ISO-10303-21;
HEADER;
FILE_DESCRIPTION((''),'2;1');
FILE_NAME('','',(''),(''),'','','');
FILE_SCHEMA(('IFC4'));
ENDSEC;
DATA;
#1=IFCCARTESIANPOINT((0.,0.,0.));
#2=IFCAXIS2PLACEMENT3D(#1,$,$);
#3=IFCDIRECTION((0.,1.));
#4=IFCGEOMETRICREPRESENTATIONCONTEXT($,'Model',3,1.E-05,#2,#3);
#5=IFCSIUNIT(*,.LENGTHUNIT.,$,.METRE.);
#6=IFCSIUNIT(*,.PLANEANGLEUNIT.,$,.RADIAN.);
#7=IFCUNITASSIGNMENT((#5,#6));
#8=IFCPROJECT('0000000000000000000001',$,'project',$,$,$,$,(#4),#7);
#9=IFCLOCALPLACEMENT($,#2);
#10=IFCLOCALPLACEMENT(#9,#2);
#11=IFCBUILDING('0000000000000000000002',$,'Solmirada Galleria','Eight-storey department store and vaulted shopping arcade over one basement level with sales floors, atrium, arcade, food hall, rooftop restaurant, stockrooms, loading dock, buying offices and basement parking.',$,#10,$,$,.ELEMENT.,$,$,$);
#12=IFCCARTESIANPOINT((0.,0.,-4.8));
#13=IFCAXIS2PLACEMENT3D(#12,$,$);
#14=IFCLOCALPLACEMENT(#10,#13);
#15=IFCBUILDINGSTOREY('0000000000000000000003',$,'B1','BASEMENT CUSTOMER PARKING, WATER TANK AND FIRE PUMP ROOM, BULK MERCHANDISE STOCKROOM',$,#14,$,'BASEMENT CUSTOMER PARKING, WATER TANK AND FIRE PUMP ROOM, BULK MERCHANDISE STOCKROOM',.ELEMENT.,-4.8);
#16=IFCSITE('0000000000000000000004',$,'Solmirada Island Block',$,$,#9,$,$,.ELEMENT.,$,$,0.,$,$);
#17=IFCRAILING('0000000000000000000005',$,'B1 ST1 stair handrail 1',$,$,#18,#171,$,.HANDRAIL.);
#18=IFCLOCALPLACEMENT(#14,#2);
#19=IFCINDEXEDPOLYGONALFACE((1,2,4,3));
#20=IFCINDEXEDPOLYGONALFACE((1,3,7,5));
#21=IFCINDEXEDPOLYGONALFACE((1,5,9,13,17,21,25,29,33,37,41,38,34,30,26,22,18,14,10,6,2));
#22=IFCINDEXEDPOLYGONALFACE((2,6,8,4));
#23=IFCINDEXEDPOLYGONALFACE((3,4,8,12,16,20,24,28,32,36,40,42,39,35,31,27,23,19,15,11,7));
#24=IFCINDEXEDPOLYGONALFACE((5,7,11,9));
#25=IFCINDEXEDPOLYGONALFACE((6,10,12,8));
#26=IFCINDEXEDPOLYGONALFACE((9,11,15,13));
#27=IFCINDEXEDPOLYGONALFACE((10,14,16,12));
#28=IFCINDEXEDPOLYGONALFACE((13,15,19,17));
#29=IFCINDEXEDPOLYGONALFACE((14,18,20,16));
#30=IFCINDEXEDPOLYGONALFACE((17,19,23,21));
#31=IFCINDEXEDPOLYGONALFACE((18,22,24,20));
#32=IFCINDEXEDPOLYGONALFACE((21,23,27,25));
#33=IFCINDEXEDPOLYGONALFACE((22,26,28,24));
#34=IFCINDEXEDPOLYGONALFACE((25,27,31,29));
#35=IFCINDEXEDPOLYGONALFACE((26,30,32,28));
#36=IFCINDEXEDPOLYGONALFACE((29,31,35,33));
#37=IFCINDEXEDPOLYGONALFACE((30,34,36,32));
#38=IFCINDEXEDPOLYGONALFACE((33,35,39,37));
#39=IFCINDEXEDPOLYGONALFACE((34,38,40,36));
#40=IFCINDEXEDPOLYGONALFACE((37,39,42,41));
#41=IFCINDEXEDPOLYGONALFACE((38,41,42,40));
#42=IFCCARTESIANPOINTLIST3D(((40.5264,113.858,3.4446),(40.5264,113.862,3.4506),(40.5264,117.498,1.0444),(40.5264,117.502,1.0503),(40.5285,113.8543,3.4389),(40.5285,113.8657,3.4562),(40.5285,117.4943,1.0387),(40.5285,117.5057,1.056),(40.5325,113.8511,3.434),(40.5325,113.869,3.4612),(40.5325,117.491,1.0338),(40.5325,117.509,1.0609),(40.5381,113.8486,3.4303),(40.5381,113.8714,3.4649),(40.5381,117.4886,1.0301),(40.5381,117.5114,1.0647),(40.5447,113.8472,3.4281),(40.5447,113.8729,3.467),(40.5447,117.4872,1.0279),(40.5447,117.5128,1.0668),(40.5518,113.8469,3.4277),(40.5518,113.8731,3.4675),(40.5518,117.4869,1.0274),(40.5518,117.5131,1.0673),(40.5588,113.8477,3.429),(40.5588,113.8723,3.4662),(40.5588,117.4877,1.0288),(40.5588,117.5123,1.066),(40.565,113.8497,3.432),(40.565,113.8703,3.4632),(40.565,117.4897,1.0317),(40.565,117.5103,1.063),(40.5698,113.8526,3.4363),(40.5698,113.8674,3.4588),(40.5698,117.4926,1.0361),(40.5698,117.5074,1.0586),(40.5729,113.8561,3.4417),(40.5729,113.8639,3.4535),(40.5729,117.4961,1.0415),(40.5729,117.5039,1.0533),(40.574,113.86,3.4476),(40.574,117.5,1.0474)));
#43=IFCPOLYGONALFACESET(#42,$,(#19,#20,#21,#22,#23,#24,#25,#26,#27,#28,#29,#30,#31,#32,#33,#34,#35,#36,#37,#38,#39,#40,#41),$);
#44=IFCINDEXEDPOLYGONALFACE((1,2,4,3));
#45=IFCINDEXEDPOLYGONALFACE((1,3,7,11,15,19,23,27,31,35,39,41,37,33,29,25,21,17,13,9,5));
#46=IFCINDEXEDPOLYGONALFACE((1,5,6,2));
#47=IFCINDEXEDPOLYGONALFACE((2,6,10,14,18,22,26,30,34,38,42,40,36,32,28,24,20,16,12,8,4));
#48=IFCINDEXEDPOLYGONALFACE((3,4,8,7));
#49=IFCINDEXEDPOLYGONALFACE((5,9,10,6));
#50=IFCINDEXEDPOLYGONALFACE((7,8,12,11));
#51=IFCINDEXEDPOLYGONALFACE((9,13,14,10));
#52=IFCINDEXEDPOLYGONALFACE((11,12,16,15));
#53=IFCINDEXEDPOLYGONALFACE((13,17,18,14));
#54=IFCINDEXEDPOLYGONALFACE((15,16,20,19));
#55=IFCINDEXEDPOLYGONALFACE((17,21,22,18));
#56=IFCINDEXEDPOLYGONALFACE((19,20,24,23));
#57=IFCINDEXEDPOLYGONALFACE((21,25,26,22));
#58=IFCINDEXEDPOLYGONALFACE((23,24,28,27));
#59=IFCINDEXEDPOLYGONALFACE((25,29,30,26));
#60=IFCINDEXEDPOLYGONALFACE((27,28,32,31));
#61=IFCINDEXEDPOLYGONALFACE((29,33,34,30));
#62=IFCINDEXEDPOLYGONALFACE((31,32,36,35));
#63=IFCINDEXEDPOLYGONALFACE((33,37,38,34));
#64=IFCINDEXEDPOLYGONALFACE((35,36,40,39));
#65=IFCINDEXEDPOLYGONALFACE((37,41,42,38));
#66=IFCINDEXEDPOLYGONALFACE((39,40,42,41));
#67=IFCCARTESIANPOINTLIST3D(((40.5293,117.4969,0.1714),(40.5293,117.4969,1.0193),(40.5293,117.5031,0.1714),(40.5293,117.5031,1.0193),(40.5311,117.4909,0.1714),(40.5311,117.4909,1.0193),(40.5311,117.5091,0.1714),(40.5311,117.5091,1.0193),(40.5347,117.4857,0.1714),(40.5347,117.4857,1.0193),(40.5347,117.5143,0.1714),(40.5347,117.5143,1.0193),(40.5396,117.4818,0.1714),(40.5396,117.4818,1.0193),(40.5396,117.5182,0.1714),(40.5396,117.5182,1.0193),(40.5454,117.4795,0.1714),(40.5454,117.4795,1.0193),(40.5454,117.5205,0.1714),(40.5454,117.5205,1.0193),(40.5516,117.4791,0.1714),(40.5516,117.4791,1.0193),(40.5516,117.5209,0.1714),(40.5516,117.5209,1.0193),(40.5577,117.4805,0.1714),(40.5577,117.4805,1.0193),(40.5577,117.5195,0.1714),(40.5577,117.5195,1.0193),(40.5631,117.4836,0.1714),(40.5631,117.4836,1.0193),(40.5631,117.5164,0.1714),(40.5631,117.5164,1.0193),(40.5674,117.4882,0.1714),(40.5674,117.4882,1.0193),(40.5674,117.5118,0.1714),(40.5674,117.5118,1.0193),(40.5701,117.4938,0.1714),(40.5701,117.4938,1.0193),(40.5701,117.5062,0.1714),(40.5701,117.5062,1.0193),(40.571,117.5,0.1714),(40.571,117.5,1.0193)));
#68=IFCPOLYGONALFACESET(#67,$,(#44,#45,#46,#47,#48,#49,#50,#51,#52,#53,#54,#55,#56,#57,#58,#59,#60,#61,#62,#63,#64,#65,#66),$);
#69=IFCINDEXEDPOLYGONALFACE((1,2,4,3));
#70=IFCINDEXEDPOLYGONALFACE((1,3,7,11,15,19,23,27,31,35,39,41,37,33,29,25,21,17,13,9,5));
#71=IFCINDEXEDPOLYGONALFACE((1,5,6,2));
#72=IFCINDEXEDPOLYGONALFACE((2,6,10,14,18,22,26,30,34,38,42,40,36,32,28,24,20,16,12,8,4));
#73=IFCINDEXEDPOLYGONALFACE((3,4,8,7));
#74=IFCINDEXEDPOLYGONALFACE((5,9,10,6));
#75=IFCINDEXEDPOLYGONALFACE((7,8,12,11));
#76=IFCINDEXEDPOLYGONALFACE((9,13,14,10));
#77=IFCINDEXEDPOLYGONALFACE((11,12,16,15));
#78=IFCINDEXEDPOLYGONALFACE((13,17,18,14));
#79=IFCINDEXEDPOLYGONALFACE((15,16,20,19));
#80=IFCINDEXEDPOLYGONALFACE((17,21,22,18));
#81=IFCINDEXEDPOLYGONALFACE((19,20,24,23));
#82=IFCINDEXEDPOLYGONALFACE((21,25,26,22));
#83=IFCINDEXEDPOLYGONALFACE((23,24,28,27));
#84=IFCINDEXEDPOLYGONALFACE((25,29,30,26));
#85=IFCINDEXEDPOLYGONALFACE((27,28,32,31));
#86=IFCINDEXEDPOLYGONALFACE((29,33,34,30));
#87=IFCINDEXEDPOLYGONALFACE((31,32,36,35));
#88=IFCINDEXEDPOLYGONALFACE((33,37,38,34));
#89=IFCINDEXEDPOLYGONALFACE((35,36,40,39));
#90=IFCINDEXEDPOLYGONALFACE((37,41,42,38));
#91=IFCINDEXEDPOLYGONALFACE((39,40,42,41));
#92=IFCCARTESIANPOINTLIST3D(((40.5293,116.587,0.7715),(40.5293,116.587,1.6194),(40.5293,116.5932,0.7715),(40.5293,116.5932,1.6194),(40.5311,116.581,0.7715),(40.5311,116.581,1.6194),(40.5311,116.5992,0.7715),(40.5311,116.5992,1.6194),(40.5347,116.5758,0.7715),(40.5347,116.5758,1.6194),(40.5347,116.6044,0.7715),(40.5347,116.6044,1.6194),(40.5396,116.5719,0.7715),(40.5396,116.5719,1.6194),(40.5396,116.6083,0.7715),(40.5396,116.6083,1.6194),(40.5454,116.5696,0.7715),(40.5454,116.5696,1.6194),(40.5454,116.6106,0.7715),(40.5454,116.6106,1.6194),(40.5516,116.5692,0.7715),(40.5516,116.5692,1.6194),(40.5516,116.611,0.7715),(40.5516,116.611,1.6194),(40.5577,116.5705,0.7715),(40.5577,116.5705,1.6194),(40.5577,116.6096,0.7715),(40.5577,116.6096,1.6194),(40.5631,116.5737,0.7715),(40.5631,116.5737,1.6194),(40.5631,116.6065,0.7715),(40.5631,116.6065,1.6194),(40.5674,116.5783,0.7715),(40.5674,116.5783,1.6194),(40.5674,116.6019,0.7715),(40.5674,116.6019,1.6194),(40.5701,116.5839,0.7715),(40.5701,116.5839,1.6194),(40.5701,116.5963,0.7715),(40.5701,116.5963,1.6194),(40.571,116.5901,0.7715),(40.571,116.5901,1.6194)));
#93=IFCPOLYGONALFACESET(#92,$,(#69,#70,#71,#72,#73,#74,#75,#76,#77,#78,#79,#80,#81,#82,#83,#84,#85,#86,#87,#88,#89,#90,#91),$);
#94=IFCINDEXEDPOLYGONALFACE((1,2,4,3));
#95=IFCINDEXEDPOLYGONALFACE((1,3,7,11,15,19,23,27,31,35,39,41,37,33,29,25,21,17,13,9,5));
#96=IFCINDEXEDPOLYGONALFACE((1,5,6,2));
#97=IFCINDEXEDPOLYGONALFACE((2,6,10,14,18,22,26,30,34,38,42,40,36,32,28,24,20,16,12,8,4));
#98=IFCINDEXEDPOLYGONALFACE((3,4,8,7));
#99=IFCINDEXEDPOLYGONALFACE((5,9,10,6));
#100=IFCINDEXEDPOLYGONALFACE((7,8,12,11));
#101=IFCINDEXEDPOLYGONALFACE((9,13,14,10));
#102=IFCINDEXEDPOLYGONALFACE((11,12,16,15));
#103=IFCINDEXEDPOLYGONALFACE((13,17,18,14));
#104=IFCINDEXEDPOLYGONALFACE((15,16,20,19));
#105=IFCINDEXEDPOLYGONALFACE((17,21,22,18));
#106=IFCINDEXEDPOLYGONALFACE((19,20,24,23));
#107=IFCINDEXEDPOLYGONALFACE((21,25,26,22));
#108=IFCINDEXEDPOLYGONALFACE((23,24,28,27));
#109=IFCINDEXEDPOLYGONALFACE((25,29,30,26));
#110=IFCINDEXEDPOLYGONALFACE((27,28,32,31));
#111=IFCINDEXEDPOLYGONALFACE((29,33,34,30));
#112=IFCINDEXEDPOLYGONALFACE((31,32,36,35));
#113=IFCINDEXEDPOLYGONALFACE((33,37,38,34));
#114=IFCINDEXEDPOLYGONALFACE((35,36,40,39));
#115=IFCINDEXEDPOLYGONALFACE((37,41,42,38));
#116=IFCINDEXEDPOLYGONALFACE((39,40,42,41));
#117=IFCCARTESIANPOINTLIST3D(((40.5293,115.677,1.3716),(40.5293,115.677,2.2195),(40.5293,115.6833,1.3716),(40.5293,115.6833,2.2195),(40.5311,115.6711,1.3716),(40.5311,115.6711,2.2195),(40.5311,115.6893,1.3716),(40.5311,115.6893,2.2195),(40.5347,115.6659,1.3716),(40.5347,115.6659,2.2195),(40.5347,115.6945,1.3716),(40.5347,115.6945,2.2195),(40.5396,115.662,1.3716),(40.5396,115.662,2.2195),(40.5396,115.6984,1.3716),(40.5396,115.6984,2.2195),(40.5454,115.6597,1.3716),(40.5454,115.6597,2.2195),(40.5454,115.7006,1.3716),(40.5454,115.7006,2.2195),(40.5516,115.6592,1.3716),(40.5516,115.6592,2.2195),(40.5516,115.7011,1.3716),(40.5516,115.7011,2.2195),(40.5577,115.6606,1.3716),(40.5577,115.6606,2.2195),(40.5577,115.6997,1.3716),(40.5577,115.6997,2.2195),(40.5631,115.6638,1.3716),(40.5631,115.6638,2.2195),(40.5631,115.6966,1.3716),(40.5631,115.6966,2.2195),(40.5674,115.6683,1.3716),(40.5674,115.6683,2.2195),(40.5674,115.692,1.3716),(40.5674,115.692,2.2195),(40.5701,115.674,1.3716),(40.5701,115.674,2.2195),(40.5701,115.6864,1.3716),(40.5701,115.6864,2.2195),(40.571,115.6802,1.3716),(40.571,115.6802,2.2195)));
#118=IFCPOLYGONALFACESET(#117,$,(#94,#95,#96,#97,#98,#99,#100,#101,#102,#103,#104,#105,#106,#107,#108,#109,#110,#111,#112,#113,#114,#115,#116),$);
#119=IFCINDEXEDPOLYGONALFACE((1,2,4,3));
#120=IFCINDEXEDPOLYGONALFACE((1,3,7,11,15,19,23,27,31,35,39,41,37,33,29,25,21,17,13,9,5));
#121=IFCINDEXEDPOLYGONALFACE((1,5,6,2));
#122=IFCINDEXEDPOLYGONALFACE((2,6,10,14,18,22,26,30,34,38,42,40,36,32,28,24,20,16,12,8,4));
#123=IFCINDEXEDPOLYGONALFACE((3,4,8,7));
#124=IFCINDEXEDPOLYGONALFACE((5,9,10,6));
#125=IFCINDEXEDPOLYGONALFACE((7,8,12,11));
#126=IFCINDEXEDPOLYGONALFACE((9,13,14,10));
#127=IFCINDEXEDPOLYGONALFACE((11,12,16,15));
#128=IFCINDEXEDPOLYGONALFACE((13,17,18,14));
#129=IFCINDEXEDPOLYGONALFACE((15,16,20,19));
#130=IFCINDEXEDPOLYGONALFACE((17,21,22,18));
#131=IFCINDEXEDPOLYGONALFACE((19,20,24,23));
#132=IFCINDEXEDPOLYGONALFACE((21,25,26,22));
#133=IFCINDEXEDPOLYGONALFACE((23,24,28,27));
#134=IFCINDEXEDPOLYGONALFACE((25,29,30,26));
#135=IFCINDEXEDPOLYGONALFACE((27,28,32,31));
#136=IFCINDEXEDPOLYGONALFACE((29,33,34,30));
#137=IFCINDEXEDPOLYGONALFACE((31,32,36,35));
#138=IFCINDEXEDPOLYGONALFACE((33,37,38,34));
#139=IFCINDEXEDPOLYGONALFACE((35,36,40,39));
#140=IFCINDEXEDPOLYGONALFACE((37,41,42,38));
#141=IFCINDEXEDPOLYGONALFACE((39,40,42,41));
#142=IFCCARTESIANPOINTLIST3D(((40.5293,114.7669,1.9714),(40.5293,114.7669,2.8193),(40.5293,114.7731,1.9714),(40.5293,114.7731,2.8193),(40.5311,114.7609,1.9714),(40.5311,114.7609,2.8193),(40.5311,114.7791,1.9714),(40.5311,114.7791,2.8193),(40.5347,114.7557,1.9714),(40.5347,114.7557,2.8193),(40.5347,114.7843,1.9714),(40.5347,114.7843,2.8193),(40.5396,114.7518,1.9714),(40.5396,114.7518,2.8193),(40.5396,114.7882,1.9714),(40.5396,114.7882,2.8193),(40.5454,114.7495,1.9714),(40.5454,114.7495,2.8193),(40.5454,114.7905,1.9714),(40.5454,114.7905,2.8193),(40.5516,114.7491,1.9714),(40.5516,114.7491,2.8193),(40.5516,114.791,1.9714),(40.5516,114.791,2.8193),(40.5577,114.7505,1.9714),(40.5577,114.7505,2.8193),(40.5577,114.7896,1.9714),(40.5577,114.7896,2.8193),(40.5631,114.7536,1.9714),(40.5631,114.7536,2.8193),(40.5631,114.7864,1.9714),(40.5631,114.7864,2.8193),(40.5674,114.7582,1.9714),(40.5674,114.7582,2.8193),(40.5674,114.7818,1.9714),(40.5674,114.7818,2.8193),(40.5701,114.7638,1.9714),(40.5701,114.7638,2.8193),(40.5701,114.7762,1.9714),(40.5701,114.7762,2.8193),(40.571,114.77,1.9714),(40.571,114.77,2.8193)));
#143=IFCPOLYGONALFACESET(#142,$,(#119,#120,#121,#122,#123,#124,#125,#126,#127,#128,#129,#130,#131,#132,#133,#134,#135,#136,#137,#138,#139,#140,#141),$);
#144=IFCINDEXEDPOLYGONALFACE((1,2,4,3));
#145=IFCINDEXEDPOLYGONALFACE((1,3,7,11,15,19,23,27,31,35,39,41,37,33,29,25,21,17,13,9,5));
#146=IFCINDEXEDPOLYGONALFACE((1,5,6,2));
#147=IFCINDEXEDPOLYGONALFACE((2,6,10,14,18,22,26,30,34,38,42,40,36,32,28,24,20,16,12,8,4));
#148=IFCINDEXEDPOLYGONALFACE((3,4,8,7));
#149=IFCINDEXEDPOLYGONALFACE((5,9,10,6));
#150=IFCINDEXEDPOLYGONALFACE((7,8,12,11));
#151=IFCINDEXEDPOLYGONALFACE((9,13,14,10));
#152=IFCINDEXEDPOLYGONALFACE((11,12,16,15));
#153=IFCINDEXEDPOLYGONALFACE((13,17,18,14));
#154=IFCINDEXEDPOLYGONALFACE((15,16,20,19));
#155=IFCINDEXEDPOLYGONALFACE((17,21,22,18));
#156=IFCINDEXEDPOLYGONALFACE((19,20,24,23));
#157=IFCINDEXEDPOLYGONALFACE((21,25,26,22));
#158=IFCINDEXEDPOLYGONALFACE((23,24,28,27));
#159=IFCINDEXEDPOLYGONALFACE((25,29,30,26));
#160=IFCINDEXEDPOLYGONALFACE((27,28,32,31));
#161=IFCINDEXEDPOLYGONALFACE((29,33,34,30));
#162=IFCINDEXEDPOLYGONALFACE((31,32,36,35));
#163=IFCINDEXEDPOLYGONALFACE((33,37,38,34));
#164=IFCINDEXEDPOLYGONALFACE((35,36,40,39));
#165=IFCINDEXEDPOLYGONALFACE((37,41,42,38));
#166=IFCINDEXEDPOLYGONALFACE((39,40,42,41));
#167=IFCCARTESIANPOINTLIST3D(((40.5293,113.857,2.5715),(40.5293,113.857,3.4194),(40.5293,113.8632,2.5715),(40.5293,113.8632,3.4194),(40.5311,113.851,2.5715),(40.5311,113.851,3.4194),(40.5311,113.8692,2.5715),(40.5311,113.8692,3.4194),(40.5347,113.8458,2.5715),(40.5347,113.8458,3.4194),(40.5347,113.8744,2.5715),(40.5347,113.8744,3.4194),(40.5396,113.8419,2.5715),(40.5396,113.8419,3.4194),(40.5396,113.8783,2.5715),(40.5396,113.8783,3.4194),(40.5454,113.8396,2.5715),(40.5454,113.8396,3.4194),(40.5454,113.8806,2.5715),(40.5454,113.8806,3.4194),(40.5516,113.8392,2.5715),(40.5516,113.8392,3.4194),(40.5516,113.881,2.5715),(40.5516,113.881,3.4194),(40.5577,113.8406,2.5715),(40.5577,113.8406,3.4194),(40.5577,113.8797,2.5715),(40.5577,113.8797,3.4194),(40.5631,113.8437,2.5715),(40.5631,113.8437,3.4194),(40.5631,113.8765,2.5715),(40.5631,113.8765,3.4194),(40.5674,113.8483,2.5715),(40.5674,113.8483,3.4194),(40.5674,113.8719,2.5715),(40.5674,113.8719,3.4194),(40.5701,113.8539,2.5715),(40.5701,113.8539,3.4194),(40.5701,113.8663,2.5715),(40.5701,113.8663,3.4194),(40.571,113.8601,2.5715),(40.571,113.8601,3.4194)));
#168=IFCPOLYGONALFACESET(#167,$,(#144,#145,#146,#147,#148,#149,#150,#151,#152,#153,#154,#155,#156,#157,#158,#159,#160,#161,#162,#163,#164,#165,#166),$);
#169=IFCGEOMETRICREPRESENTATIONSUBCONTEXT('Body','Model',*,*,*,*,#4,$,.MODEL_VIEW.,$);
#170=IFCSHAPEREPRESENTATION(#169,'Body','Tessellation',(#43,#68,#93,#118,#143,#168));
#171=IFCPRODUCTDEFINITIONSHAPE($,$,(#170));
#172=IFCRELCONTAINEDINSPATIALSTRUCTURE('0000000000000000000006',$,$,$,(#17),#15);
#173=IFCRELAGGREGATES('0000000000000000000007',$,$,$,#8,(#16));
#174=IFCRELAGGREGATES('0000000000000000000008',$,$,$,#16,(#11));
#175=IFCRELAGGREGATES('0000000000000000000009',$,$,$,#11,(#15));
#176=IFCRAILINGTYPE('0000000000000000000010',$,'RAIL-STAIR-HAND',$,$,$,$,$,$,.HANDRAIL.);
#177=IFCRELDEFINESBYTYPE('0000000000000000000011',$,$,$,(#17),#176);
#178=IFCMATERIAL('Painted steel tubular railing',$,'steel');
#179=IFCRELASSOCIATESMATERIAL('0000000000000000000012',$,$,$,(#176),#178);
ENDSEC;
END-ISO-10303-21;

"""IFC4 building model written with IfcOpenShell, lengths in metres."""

from ifc_helpers import new_model, si_unit, direction, frame, origin, origin_2d, place, context, subcontext, project, spatial, circle, extrude, material, type_object, element, save


model = new_model("IFC4")

# Units and contexts
model_context = context("Model", 3, precision=1e-05, world=origin(), true_north=direction((0.0, 1.0)))
body_context = subcontext(model_context, "Body", "Model", "MODEL_VIEW")
ifc_project = project(units=[si_unit("LENGTHUNIT", "METRE"), si_unit("PLANEANGLEUNIT", "RADIAN")], contexts=[model_context])

# Site, building, storey
site_placement = place(None, origin())
site = spatial("IfcSite", under=ifc_project, at=site_placement, Name="Solmirada Island Block", CompositionType="ELEMENT", RefElevation=0.0)
building_placement = place(site_placement, origin())
building = spatial("IfcBuilding", under=site, at=building_placement, Name="Solmirada Galleria", Description="Eight-storey department store and vaulted shopping arcade over one basement level with sales floors, atrium, arcade, food hall, rooftop restaurant, stockrooms, loading dock, buying offices and basement parking.", CompositionType="ELEMENT")
storey_placement = place(building_placement, frame((0.0, 0.0, -4.8)))
storey = spatial("IfcBuildingStorey", under=building, at=storey_placement, Name="B1", Description="BASEMENT CUSTOMER PARKING, WATER TANK AND FIRE PUMP ROOM, BULK MERCHANDISE STOCKROOM", LongName="BASEMENT CUSTOMER PARKING, WATER TANK AND FIRE PUMP ROOM, BULK MERCHANDISE STOCKROOM", CompositionType="ELEMENT", Elevation=-4.8)

# Railing
ifc_material_1 = material(Name="Painted steel tubular railing", Category="steel")
railing_type_1 = type_object("IfcRailingType", Name="RAIL-STAIR-HAND", PredefinedType="HANDRAIL", material=ifc_material_1)
railing_1_placement = place(storey_placement, frame((40.55, 117.5, 0.1714)))
element("IfcRailing", 1, at=railing_1_placement, inside=storey, type_object=railing_type_1, Name="B1 ST1 stair handrail 1", PredefinedType="HANDRAIL", context=body_context, shape_type="SweptSolid", body=[
    extrude(circle(Radius=0.0239, at=origin_2d()), frame((0.0, 0.0, 0.876), z_axis=(0.0, -0.834839, 0.550493), x_axis=(1.0, 0.0, 0.0)), (0.0, 0.0, 1.0), 4.3601),
    extrude(circle(Radius=0.021, at=origin_2d()), origin(), (0.0, 0.0, 1.0), 0.8479),
    extrude(circle(Radius=0.021, at=origin_2d()), frame((0.0, -0.9099, 0.6001)), (0.0, 0.0, 1.0), 0.8479),
    extrude(circle(Radius=0.021, at=origin_2d()), frame((0.0, -1.8198, 1.2002)), (0.0, 0.0, 1.0), 0.8479),
    extrude(circle(Radius=0.021, at=origin_2d()), frame((0.0, -2.73, 1.8)), (0.0, 0.0, 1.0), 0.8479),
    extrude(circle(Radius=0.021, at=origin_2d()), frame((0.0, -3.6399, 2.4001)), (0.0, 0.0, 1.0), 0.8479),
])

save(model, "model.ifc")
